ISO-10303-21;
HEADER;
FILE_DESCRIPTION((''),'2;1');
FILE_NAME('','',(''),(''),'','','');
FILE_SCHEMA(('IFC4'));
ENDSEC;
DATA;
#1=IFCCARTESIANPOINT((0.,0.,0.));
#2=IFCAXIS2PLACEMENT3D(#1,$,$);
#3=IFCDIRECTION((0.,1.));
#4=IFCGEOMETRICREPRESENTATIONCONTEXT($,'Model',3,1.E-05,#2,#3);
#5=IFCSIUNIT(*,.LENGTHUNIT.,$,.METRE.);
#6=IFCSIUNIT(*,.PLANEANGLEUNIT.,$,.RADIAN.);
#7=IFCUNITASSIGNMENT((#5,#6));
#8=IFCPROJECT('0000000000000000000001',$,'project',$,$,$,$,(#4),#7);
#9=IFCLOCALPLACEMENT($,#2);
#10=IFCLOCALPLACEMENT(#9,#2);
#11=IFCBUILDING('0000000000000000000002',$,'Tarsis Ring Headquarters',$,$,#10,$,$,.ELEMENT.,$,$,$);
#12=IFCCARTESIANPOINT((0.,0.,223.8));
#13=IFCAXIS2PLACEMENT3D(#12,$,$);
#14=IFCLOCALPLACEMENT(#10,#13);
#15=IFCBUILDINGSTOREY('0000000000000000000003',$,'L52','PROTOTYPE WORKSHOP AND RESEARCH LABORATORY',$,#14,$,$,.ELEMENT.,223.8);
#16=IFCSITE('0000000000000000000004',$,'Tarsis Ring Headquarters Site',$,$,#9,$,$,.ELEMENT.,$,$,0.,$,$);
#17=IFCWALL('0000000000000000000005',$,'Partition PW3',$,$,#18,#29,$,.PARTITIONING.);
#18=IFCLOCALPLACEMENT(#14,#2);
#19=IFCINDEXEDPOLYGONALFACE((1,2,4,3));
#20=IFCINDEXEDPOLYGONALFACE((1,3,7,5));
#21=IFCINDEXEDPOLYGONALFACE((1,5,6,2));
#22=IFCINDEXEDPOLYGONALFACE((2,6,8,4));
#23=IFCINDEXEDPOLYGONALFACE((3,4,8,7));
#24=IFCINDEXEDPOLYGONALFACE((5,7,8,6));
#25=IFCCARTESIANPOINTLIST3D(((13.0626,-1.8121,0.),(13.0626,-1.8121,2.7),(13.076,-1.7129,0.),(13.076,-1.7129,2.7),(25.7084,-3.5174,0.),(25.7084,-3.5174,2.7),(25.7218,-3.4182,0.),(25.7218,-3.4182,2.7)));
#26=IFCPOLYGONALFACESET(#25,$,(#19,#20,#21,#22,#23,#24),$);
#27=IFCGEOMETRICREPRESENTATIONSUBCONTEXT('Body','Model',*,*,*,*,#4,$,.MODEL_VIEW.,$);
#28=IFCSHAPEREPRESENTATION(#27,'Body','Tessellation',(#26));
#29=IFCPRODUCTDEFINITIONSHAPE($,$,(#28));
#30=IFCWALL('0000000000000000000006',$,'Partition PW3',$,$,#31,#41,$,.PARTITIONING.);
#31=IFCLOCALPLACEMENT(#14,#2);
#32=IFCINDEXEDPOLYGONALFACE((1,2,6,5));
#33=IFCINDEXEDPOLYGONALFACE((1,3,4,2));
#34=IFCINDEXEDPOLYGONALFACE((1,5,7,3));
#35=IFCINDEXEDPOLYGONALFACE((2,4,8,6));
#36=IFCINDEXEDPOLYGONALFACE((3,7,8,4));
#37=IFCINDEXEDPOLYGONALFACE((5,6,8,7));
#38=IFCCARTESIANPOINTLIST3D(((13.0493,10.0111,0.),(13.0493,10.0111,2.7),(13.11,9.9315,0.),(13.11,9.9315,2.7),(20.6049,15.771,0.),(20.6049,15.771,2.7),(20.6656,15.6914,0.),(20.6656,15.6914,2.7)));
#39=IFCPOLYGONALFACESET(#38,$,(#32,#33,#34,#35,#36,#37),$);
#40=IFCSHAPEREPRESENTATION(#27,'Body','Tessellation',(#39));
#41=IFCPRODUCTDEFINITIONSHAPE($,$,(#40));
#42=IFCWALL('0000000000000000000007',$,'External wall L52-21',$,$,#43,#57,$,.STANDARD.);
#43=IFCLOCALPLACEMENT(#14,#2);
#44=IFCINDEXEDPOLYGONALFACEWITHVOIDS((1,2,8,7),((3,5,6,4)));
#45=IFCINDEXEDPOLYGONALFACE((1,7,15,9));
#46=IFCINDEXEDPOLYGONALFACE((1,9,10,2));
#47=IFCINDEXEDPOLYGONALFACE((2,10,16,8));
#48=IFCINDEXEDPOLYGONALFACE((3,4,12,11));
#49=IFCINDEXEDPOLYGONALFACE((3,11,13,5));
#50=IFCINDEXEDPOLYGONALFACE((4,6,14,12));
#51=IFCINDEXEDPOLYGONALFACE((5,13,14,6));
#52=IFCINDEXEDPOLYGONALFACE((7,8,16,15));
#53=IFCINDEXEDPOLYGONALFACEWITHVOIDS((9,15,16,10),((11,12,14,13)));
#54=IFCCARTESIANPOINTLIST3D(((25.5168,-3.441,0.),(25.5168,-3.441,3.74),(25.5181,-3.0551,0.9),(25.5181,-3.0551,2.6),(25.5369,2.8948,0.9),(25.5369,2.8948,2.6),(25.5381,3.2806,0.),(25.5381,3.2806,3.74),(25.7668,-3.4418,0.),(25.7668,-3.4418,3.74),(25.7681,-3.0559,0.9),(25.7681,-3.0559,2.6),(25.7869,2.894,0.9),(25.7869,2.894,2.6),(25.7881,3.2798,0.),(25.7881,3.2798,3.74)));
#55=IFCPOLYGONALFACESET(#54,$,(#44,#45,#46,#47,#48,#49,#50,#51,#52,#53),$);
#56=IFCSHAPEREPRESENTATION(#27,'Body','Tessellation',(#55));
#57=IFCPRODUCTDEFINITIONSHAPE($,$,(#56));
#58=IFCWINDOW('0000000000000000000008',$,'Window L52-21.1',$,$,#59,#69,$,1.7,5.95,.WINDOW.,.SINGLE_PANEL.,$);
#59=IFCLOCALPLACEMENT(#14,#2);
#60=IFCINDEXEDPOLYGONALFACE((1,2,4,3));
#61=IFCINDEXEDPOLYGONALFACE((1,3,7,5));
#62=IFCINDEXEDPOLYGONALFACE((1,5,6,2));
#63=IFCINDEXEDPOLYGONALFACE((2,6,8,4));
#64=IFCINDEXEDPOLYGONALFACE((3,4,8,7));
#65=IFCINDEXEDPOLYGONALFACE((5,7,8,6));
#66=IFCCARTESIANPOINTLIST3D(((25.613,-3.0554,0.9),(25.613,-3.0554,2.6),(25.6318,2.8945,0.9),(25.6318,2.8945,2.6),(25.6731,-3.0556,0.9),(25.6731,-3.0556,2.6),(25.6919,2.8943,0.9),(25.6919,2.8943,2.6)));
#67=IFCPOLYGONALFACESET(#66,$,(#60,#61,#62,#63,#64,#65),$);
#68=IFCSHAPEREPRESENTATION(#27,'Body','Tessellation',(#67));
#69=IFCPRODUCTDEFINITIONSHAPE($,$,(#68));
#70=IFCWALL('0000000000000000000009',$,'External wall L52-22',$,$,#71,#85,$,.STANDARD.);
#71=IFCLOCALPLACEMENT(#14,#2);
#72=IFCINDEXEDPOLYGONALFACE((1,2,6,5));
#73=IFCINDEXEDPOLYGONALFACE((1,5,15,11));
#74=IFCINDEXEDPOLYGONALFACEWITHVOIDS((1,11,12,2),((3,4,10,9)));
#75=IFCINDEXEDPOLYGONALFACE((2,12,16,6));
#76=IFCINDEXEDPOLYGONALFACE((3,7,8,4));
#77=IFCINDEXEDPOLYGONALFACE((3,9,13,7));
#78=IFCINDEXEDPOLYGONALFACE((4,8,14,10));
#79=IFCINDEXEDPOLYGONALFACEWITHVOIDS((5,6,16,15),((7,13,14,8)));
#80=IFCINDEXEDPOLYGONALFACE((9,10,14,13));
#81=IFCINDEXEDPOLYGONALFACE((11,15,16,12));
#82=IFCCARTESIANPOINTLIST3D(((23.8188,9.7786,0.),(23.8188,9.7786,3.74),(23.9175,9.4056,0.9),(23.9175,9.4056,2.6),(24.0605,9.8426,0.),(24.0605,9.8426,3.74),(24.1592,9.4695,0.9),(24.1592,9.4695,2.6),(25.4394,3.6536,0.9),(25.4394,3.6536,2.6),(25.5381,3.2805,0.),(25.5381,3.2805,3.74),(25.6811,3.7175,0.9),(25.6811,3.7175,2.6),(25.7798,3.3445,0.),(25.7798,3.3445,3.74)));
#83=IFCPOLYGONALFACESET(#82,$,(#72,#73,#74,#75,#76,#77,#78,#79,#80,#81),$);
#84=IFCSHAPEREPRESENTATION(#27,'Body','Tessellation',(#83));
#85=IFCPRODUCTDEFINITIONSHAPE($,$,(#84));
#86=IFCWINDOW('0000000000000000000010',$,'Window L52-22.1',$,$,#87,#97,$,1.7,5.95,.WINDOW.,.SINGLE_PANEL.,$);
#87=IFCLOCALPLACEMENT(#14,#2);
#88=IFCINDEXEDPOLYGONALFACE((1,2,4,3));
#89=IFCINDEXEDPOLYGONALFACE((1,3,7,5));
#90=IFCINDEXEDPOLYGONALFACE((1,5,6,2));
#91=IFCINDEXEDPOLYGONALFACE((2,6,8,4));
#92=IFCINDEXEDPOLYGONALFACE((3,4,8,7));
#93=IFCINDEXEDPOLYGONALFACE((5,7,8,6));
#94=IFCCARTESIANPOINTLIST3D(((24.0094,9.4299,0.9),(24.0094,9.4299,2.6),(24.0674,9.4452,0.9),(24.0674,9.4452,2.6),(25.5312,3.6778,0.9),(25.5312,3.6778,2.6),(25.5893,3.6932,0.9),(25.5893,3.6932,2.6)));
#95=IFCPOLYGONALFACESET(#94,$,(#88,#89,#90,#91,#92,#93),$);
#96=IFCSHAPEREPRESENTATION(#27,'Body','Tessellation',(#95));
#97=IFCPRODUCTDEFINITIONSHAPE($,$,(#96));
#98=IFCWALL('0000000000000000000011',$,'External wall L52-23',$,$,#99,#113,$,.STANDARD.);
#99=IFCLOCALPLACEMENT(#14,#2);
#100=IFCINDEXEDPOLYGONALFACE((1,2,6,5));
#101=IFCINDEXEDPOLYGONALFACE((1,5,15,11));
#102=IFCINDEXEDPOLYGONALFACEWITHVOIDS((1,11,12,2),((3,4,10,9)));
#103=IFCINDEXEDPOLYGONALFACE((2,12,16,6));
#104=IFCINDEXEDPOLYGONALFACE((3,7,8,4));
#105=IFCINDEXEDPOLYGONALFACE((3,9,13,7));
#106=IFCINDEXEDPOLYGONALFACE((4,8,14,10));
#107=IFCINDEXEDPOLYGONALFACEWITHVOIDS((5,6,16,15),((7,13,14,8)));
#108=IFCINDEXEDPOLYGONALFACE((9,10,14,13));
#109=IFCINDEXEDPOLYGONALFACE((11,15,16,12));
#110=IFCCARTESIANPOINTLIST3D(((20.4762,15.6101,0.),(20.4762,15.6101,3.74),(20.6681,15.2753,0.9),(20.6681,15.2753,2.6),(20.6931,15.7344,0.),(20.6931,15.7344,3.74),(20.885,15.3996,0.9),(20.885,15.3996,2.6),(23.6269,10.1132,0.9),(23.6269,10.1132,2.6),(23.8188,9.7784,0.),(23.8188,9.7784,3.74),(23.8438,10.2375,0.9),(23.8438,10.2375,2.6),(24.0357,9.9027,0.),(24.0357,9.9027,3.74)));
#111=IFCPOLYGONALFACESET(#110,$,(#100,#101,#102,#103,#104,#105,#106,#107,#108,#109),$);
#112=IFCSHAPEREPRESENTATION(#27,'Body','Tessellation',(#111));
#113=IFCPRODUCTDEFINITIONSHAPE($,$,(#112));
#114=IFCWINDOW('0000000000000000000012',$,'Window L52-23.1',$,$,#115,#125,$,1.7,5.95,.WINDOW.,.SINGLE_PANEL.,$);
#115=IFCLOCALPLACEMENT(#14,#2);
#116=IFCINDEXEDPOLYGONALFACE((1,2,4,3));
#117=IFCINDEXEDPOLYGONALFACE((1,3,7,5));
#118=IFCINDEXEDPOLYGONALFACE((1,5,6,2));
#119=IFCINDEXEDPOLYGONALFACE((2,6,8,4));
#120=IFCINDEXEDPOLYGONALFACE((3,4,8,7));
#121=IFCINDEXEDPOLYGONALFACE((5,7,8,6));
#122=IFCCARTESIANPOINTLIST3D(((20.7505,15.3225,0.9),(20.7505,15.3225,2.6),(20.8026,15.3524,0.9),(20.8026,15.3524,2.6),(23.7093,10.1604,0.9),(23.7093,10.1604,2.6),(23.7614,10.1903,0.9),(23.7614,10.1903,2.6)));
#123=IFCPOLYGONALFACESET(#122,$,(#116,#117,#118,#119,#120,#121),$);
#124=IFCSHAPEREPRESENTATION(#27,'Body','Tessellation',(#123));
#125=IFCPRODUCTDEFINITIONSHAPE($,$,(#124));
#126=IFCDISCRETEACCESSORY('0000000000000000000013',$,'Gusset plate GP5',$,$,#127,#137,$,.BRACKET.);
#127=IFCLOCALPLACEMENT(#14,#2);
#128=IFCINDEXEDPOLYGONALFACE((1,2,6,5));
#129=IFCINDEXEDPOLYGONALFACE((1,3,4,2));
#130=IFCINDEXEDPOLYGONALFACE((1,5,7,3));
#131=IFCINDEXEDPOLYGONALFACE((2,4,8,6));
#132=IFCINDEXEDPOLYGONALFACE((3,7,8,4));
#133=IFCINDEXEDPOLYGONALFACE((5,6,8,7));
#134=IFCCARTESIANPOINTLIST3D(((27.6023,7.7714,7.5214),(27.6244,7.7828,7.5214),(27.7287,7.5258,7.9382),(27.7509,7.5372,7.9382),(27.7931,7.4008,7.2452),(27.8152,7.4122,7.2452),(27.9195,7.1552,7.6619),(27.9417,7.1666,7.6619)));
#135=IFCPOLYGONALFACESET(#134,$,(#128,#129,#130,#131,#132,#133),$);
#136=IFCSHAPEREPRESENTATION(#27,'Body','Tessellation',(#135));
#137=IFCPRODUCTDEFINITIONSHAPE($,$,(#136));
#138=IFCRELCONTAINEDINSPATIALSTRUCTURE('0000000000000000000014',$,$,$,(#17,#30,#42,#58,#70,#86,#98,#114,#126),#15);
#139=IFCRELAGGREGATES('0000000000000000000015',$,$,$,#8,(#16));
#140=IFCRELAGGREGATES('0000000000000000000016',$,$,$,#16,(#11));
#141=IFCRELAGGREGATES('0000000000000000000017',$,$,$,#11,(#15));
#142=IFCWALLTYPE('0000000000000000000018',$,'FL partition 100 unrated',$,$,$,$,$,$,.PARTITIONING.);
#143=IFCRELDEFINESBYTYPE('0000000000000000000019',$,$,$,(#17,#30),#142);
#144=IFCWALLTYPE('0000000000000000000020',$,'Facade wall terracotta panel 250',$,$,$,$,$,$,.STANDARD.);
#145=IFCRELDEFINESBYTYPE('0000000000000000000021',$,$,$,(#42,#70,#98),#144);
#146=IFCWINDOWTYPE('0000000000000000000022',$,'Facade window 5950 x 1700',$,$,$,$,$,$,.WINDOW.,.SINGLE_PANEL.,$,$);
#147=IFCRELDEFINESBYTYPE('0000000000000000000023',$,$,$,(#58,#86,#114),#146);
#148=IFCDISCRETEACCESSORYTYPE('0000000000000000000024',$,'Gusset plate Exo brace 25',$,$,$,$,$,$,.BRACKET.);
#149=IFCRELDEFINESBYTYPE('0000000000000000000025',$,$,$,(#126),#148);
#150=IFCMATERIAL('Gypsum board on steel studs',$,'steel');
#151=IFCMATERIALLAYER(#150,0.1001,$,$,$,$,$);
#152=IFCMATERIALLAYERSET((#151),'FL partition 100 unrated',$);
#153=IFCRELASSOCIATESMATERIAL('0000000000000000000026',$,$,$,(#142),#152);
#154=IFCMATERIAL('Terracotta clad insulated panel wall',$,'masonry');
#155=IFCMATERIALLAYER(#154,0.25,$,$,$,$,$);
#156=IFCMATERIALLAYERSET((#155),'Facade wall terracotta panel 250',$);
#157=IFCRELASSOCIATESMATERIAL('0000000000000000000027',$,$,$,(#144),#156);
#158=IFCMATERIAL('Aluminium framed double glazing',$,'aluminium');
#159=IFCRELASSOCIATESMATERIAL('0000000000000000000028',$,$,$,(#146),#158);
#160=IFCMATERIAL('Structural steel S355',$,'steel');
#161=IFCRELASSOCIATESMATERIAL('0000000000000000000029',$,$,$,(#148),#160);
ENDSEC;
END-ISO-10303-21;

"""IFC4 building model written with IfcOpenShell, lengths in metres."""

from ifc_helpers import new_model, si_unit, direction, frame, frame_2d, origin, origin_2d, place, context, subcontext, project, spatial, rectangle, extrude, material, layer, layer_set, material_profile, profile_set, type_object, element, fill, save


model = new_model("IFC4")

# Units and contexts
model_context = context("Model", 3, precision=1e-05, world=origin(), true_north=direction((0.0, 1.0)))
body_context = subcontext(model_context, "Body", "Model", "MODEL_VIEW")
ifc_project = project(units=[si_unit("LENGTHUNIT", "METRE"), si_unit("PLANEANGLEUNIT", "RADIAN")], contexts=[model_context])

# Site, building, storey
site_placement = place(None, origin())
site = spatial("IfcSite", under=ifc_project, at=site_placement, Name="Tarsis Ring Headquarters Site", CompositionType="ELEMENT", RefElevation=0.0)
building_placement = place(site_placement, origin())
building = spatial("IfcBuilding", under=site, at=building_placement, Name="Tarsis Ring Headquarters", CompositionType="ELEMENT")
storey_placement = place(building_placement, frame((0.0, 0.0, 223.8)))
storey = spatial("IfcBuildingStorey", under=building, at=storey_placement, Name="L52", Description="PROTOTYPE WORKSHOP AND RESEARCH LABORATORY", CompositionType="ELEMENT", Elevation=223.8)

# Shared definitions
ifc_material_1 = material(Name="Structural steel S355", Category="steel")

# Walls
ifc_material_2 = material(Name="Gypsum board on steel studs", Category="steel")
ifc_layer_1 = layer(ifc_material_2, 0.1001)
ifc_layer_set_1 = layer_set([ifc_layer_1], Name="FL partition 100 unrated")
wall_type_1 = type_object("IfcWallType", Name="FL partition 100 unrated", PredefinedType="PARTITIONING", material=ifc_layer_set_1)
wall_1_placement = place(storey_placement, frame((13.0693, -1.7625, 0.0), z_axis=(0.0, 0.0, 1.0), x_axis=(0.991029, -0.133644, 0.0)))
element("IfcWall", 1, at=wall_1_placement, inside=storey, type_object=wall_type_1, Name="Partition PW3", PredefinedType="PARTITIONING", context=body_context, shape_type="SweptSolid", body=[
    extrude(rectangle(XDim=12.7603, YDim=0.1001, at=frame_2d((6.3801, 0.0))), origin(), (0.0, 0.0, 1.0), 2.7),
])
wall_2_placement = place(storey_placement, frame((13.0796, 9.9712, 0.0), z_axis=(0.0, 0.0, 1.0), x_axis=(0.795264, 0.606264, 0.0)))
element("IfcWall", 2, at=wall_2_placement, inside=storey, type_object=wall_type_1, Name="Partition PW3", PredefinedType="PARTITIONING", context=body_context, shape_type="SweptSolid", body=[
    extrude(rectangle(XDim=9.5007, YDim=0.1001, at=frame_2d((4.7505, 0.0))), origin(), (0.0, 0.0, 1.0), 2.7),
])

# Walls, openings, windows
ifc_material_3 = material(Name="Terracotta clad insulated panel wall", Category="masonry")
ifc_layer_2 = layer(ifc_material_3, 0.25)
ifc_layer_set_2 = layer_set([ifc_layer_2], Name="Facade wall terracotta panel 250")
wall_type_2 = type_object("IfcWallType", Name="Facade wall terracotta panel 250", PredefinedType="STANDARD", material=ifc_layer_set_2)
wall_3_placement = place(storey_placement, frame((25.6418, -3.4414, 0.0), z_axis=(0.0, 0.0, 1.0), x_axis=(0.00316, 0.999995, 0.0)))
wall_3 = element("IfcWall", 3, at=wall_3_placement, inside=storey, type_object=wall_type_2, Name="External wall L52-21", PredefinedType="STANDARD", context=body_context, shape_type="SweptSolid", body=[
    extrude(rectangle(XDim=6.7217, YDim=0.25, at=frame_2d((3.3608, 0.0))), origin(), (0.0, 0.0, 1.0), 3.74),
])
opening_1_placement = place(wall_3_placement, frame((0.3857, 0.0, 0.8999)))
opening_1 = element("IfcOpeningElement", 4, at=opening_1_placement, cuts=wall_3, PredefinedType="OPENING", context=body_context, shape_type="SweptSolid", body=[
    extrude(rectangle(XDim=5.95, YDim=1.7, at=frame_2d((2.9751, 0.8501))), frame((0.0, 0.135, 0.0), z_axis=(0.0, -1.0, 0.0), x_axis=(1.0, 0.0, 0.0)), (0.0, 0.0, 1.0), 0.27),
])
ifc_material_4 = material(Name="Aluminium framed double glazing", Category="aluminium")
window_type = type_object("IfcWindowType", Name="Facade window 5950 x 1700", PartitioningType="SINGLE_PANEL", PredefinedType="WINDOW", material=ifc_material_4)
window_1_placement = place(opening_1_placement, origin())
window_1 = element("IfcWindow", 5, at=window_1_placement, inside=storey, type_object=window_type, Name="Window L52-21.1", OverallHeight=1.7, OverallWidth=5.95, PartitioningType="SINGLE_PANEL", PredefinedType="WINDOW", context=body_context, shape_type="SweptSolid", body=[
    extrude(rectangle(XDim=5.95, YDim=1.7, at=frame_2d((2.9751, 0.8501))), frame((0.0, 0.03, 0.0), z_axis=(0.0, -1.0, 0.0), x_axis=(1.0, 0.0, 0.0)), (0.0, 0.0, 1.0), 0.0601),
])
fill(opening_1, window_1)
wall_4_placement = place(storey_placement, frame((25.6589, 3.3125, 0.0), z_axis=(0.0, 0.0, 1.0), x_axis=(-0.255777, 0.966736, 0.0)))
wall_4 = element("IfcWall", 6, at=wall_4_placement, inside=storey, type_object=wall_type_2, Name="External wall L52-22", PredefinedType="STANDARD", context=body_context, shape_type="SweptSolid", body=[
    extrude(rectangle(XDim=6.7217, YDim=0.25, at=frame_2d((3.3608, 0.0))), origin(), (0.0, 0.0, 1.0), 3.74),
])
opening_2_placement = place(wall_4_placement, frame((0.3857, 0.0, 0.8999)))
opening_2 = element("IfcOpeningElement", 7, at=opening_2_placement, cuts=wall_4, PredefinedType="OPENING", context=body_context, shape_type="SweptSolid", body=[
    extrude(rectangle(XDim=5.95, YDim=1.7, at=frame_2d((2.9751, 0.8501))), frame((0.0, 0.135, 0.0), z_axis=(0.0, -1.0, 0.0), x_axis=(1.0, 0.0, 0.0)), (0.0, 0.0, 1.0), 0.27),
])
window_2_placement = place(opening_2_placement, origin())
window_2 = element("IfcWindow", 8, at=window_2_placement, inside=storey, type_object=window_type, Name="Window L52-22.1", OverallHeight=1.7, OverallWidth=5.95, PartitioningType="SINGLE_PANEL", PredefinedType="WINDOW", context=body_context, shape_type="SweptSolid", body=[
    extrude(rectangle(XDim=5.95, YDim=1.7, at=frame_2d((2.9751, 0.8501))), frame((0.0, 0.03, 0.0), z_axis=(0.0, -1.0, 0.0), x_axis=(1.0, 0.0, 0.0)), (0.0, 0.0, 1.0), 0.0601),
])
fill(opening_2, window_2)
wall_5_placement = place(storey_placement, frame((23.9272, 9.8406, 0.0), z_axis=(0.0, 0.0, 1.0), x_axis=(-0.497285, 0.867587, 0.0)))
wall_5 = element("IfcWall", 9, at=wall_5_placement, inside=storey, type_object=wall_type_2, Name="External wall L52-23", PredefinedType="STANDARD", context=body_context, shape_type="SweptSolid", body=[
    extrude(rectangle(XDim=6.7217, YDim=0.25, at=frame_2d((3.3608, 0.0))), origin(), (0.0, 0.0, 1.0), 3.74),
])
opening_3_placement = place(wall_5_placement, frame((0.3857, 0.0, 0.8999)))
opening_3 = element("IfcOpeningElement", 10, at=opening_3_placement, cuts=wall_5, PredefinedType="OPENING", context=body_context, shape_type="SweptSolid", body=[
    extrude(rectangle(XDim=5.95, YDim=1.7, at=frame_2d((2.9751, 0.8501))), frame((0.0, 0.135, 0.0), z_axis=(0.0, -1.0, 0.0), x_axis=(1.0, 0.0, 0.0)), (0.0, 0.0, 1.0), 0.27),
])
window_3_placement = place(opening_3_placement, origin())
window_3 = element("IfcWindow", 11, at=window_3_placement, inside=storey, type_object=window_type, Name="Window L52-23.1", OverallHeight=1.7, OverallWidth=5.95, PartitioningType="SINGLE_PANEL", PredefinedType="WINDOW", context=body_context, shape_type="SweptSolid", body=[
    extrude(rectangle(XDim=5.95, YDim=1.7, at=frame_2d((2.9751, 0.8501))), frame((0.0, 0.03, 0.0), z_axis=(0.0, -1.0, 0.0), x_axis=(1.0, 0.0, 0.0)), (0.0, 0.0, 1.0), 0.0601),
])
fill(opening_3, window_3)

# Discrete accessory
ifc_material_profile_1 = material_profile(ifc_material_1, rectangle(XDim=0.0249, YDim=0.5, at=origin_2d()), Name="PL 25x500")
ifc_profile_set_1 = profile_set([ifc_material_profile_1], Name="Structural steel S355")
discrete_accessory_type = type_object("IfcDiscreteAccessoryType", Name="Gusset plate Exo brace 25", PredefinedType="BRACKET", material=ifc_profile_set_1)
discrete_accessory_placement = place(storey_placement, frame((27.8352, 7.3462, 7.8), z_axis=(-0.252933, 0.491217, -0.833506), x_axis=(-0.889062, -0.457787, 0.0)))
element("IfcDiscreteAccessory", 12, at=discrete_accessory_placement, inside=storey, type_object=discrete_accessory_type, Name="Gusset plate GP5", PredefinedType="BRACKET", context=body_context, shape_type="SweptSolid", body=[
    extrude(rectangle(XDim=0.0249, YDim=0.5, at=origin_2d()), origin(), (0.0, 0.0, 1.0), 0.5),
])

save(model, "model.ifc")
